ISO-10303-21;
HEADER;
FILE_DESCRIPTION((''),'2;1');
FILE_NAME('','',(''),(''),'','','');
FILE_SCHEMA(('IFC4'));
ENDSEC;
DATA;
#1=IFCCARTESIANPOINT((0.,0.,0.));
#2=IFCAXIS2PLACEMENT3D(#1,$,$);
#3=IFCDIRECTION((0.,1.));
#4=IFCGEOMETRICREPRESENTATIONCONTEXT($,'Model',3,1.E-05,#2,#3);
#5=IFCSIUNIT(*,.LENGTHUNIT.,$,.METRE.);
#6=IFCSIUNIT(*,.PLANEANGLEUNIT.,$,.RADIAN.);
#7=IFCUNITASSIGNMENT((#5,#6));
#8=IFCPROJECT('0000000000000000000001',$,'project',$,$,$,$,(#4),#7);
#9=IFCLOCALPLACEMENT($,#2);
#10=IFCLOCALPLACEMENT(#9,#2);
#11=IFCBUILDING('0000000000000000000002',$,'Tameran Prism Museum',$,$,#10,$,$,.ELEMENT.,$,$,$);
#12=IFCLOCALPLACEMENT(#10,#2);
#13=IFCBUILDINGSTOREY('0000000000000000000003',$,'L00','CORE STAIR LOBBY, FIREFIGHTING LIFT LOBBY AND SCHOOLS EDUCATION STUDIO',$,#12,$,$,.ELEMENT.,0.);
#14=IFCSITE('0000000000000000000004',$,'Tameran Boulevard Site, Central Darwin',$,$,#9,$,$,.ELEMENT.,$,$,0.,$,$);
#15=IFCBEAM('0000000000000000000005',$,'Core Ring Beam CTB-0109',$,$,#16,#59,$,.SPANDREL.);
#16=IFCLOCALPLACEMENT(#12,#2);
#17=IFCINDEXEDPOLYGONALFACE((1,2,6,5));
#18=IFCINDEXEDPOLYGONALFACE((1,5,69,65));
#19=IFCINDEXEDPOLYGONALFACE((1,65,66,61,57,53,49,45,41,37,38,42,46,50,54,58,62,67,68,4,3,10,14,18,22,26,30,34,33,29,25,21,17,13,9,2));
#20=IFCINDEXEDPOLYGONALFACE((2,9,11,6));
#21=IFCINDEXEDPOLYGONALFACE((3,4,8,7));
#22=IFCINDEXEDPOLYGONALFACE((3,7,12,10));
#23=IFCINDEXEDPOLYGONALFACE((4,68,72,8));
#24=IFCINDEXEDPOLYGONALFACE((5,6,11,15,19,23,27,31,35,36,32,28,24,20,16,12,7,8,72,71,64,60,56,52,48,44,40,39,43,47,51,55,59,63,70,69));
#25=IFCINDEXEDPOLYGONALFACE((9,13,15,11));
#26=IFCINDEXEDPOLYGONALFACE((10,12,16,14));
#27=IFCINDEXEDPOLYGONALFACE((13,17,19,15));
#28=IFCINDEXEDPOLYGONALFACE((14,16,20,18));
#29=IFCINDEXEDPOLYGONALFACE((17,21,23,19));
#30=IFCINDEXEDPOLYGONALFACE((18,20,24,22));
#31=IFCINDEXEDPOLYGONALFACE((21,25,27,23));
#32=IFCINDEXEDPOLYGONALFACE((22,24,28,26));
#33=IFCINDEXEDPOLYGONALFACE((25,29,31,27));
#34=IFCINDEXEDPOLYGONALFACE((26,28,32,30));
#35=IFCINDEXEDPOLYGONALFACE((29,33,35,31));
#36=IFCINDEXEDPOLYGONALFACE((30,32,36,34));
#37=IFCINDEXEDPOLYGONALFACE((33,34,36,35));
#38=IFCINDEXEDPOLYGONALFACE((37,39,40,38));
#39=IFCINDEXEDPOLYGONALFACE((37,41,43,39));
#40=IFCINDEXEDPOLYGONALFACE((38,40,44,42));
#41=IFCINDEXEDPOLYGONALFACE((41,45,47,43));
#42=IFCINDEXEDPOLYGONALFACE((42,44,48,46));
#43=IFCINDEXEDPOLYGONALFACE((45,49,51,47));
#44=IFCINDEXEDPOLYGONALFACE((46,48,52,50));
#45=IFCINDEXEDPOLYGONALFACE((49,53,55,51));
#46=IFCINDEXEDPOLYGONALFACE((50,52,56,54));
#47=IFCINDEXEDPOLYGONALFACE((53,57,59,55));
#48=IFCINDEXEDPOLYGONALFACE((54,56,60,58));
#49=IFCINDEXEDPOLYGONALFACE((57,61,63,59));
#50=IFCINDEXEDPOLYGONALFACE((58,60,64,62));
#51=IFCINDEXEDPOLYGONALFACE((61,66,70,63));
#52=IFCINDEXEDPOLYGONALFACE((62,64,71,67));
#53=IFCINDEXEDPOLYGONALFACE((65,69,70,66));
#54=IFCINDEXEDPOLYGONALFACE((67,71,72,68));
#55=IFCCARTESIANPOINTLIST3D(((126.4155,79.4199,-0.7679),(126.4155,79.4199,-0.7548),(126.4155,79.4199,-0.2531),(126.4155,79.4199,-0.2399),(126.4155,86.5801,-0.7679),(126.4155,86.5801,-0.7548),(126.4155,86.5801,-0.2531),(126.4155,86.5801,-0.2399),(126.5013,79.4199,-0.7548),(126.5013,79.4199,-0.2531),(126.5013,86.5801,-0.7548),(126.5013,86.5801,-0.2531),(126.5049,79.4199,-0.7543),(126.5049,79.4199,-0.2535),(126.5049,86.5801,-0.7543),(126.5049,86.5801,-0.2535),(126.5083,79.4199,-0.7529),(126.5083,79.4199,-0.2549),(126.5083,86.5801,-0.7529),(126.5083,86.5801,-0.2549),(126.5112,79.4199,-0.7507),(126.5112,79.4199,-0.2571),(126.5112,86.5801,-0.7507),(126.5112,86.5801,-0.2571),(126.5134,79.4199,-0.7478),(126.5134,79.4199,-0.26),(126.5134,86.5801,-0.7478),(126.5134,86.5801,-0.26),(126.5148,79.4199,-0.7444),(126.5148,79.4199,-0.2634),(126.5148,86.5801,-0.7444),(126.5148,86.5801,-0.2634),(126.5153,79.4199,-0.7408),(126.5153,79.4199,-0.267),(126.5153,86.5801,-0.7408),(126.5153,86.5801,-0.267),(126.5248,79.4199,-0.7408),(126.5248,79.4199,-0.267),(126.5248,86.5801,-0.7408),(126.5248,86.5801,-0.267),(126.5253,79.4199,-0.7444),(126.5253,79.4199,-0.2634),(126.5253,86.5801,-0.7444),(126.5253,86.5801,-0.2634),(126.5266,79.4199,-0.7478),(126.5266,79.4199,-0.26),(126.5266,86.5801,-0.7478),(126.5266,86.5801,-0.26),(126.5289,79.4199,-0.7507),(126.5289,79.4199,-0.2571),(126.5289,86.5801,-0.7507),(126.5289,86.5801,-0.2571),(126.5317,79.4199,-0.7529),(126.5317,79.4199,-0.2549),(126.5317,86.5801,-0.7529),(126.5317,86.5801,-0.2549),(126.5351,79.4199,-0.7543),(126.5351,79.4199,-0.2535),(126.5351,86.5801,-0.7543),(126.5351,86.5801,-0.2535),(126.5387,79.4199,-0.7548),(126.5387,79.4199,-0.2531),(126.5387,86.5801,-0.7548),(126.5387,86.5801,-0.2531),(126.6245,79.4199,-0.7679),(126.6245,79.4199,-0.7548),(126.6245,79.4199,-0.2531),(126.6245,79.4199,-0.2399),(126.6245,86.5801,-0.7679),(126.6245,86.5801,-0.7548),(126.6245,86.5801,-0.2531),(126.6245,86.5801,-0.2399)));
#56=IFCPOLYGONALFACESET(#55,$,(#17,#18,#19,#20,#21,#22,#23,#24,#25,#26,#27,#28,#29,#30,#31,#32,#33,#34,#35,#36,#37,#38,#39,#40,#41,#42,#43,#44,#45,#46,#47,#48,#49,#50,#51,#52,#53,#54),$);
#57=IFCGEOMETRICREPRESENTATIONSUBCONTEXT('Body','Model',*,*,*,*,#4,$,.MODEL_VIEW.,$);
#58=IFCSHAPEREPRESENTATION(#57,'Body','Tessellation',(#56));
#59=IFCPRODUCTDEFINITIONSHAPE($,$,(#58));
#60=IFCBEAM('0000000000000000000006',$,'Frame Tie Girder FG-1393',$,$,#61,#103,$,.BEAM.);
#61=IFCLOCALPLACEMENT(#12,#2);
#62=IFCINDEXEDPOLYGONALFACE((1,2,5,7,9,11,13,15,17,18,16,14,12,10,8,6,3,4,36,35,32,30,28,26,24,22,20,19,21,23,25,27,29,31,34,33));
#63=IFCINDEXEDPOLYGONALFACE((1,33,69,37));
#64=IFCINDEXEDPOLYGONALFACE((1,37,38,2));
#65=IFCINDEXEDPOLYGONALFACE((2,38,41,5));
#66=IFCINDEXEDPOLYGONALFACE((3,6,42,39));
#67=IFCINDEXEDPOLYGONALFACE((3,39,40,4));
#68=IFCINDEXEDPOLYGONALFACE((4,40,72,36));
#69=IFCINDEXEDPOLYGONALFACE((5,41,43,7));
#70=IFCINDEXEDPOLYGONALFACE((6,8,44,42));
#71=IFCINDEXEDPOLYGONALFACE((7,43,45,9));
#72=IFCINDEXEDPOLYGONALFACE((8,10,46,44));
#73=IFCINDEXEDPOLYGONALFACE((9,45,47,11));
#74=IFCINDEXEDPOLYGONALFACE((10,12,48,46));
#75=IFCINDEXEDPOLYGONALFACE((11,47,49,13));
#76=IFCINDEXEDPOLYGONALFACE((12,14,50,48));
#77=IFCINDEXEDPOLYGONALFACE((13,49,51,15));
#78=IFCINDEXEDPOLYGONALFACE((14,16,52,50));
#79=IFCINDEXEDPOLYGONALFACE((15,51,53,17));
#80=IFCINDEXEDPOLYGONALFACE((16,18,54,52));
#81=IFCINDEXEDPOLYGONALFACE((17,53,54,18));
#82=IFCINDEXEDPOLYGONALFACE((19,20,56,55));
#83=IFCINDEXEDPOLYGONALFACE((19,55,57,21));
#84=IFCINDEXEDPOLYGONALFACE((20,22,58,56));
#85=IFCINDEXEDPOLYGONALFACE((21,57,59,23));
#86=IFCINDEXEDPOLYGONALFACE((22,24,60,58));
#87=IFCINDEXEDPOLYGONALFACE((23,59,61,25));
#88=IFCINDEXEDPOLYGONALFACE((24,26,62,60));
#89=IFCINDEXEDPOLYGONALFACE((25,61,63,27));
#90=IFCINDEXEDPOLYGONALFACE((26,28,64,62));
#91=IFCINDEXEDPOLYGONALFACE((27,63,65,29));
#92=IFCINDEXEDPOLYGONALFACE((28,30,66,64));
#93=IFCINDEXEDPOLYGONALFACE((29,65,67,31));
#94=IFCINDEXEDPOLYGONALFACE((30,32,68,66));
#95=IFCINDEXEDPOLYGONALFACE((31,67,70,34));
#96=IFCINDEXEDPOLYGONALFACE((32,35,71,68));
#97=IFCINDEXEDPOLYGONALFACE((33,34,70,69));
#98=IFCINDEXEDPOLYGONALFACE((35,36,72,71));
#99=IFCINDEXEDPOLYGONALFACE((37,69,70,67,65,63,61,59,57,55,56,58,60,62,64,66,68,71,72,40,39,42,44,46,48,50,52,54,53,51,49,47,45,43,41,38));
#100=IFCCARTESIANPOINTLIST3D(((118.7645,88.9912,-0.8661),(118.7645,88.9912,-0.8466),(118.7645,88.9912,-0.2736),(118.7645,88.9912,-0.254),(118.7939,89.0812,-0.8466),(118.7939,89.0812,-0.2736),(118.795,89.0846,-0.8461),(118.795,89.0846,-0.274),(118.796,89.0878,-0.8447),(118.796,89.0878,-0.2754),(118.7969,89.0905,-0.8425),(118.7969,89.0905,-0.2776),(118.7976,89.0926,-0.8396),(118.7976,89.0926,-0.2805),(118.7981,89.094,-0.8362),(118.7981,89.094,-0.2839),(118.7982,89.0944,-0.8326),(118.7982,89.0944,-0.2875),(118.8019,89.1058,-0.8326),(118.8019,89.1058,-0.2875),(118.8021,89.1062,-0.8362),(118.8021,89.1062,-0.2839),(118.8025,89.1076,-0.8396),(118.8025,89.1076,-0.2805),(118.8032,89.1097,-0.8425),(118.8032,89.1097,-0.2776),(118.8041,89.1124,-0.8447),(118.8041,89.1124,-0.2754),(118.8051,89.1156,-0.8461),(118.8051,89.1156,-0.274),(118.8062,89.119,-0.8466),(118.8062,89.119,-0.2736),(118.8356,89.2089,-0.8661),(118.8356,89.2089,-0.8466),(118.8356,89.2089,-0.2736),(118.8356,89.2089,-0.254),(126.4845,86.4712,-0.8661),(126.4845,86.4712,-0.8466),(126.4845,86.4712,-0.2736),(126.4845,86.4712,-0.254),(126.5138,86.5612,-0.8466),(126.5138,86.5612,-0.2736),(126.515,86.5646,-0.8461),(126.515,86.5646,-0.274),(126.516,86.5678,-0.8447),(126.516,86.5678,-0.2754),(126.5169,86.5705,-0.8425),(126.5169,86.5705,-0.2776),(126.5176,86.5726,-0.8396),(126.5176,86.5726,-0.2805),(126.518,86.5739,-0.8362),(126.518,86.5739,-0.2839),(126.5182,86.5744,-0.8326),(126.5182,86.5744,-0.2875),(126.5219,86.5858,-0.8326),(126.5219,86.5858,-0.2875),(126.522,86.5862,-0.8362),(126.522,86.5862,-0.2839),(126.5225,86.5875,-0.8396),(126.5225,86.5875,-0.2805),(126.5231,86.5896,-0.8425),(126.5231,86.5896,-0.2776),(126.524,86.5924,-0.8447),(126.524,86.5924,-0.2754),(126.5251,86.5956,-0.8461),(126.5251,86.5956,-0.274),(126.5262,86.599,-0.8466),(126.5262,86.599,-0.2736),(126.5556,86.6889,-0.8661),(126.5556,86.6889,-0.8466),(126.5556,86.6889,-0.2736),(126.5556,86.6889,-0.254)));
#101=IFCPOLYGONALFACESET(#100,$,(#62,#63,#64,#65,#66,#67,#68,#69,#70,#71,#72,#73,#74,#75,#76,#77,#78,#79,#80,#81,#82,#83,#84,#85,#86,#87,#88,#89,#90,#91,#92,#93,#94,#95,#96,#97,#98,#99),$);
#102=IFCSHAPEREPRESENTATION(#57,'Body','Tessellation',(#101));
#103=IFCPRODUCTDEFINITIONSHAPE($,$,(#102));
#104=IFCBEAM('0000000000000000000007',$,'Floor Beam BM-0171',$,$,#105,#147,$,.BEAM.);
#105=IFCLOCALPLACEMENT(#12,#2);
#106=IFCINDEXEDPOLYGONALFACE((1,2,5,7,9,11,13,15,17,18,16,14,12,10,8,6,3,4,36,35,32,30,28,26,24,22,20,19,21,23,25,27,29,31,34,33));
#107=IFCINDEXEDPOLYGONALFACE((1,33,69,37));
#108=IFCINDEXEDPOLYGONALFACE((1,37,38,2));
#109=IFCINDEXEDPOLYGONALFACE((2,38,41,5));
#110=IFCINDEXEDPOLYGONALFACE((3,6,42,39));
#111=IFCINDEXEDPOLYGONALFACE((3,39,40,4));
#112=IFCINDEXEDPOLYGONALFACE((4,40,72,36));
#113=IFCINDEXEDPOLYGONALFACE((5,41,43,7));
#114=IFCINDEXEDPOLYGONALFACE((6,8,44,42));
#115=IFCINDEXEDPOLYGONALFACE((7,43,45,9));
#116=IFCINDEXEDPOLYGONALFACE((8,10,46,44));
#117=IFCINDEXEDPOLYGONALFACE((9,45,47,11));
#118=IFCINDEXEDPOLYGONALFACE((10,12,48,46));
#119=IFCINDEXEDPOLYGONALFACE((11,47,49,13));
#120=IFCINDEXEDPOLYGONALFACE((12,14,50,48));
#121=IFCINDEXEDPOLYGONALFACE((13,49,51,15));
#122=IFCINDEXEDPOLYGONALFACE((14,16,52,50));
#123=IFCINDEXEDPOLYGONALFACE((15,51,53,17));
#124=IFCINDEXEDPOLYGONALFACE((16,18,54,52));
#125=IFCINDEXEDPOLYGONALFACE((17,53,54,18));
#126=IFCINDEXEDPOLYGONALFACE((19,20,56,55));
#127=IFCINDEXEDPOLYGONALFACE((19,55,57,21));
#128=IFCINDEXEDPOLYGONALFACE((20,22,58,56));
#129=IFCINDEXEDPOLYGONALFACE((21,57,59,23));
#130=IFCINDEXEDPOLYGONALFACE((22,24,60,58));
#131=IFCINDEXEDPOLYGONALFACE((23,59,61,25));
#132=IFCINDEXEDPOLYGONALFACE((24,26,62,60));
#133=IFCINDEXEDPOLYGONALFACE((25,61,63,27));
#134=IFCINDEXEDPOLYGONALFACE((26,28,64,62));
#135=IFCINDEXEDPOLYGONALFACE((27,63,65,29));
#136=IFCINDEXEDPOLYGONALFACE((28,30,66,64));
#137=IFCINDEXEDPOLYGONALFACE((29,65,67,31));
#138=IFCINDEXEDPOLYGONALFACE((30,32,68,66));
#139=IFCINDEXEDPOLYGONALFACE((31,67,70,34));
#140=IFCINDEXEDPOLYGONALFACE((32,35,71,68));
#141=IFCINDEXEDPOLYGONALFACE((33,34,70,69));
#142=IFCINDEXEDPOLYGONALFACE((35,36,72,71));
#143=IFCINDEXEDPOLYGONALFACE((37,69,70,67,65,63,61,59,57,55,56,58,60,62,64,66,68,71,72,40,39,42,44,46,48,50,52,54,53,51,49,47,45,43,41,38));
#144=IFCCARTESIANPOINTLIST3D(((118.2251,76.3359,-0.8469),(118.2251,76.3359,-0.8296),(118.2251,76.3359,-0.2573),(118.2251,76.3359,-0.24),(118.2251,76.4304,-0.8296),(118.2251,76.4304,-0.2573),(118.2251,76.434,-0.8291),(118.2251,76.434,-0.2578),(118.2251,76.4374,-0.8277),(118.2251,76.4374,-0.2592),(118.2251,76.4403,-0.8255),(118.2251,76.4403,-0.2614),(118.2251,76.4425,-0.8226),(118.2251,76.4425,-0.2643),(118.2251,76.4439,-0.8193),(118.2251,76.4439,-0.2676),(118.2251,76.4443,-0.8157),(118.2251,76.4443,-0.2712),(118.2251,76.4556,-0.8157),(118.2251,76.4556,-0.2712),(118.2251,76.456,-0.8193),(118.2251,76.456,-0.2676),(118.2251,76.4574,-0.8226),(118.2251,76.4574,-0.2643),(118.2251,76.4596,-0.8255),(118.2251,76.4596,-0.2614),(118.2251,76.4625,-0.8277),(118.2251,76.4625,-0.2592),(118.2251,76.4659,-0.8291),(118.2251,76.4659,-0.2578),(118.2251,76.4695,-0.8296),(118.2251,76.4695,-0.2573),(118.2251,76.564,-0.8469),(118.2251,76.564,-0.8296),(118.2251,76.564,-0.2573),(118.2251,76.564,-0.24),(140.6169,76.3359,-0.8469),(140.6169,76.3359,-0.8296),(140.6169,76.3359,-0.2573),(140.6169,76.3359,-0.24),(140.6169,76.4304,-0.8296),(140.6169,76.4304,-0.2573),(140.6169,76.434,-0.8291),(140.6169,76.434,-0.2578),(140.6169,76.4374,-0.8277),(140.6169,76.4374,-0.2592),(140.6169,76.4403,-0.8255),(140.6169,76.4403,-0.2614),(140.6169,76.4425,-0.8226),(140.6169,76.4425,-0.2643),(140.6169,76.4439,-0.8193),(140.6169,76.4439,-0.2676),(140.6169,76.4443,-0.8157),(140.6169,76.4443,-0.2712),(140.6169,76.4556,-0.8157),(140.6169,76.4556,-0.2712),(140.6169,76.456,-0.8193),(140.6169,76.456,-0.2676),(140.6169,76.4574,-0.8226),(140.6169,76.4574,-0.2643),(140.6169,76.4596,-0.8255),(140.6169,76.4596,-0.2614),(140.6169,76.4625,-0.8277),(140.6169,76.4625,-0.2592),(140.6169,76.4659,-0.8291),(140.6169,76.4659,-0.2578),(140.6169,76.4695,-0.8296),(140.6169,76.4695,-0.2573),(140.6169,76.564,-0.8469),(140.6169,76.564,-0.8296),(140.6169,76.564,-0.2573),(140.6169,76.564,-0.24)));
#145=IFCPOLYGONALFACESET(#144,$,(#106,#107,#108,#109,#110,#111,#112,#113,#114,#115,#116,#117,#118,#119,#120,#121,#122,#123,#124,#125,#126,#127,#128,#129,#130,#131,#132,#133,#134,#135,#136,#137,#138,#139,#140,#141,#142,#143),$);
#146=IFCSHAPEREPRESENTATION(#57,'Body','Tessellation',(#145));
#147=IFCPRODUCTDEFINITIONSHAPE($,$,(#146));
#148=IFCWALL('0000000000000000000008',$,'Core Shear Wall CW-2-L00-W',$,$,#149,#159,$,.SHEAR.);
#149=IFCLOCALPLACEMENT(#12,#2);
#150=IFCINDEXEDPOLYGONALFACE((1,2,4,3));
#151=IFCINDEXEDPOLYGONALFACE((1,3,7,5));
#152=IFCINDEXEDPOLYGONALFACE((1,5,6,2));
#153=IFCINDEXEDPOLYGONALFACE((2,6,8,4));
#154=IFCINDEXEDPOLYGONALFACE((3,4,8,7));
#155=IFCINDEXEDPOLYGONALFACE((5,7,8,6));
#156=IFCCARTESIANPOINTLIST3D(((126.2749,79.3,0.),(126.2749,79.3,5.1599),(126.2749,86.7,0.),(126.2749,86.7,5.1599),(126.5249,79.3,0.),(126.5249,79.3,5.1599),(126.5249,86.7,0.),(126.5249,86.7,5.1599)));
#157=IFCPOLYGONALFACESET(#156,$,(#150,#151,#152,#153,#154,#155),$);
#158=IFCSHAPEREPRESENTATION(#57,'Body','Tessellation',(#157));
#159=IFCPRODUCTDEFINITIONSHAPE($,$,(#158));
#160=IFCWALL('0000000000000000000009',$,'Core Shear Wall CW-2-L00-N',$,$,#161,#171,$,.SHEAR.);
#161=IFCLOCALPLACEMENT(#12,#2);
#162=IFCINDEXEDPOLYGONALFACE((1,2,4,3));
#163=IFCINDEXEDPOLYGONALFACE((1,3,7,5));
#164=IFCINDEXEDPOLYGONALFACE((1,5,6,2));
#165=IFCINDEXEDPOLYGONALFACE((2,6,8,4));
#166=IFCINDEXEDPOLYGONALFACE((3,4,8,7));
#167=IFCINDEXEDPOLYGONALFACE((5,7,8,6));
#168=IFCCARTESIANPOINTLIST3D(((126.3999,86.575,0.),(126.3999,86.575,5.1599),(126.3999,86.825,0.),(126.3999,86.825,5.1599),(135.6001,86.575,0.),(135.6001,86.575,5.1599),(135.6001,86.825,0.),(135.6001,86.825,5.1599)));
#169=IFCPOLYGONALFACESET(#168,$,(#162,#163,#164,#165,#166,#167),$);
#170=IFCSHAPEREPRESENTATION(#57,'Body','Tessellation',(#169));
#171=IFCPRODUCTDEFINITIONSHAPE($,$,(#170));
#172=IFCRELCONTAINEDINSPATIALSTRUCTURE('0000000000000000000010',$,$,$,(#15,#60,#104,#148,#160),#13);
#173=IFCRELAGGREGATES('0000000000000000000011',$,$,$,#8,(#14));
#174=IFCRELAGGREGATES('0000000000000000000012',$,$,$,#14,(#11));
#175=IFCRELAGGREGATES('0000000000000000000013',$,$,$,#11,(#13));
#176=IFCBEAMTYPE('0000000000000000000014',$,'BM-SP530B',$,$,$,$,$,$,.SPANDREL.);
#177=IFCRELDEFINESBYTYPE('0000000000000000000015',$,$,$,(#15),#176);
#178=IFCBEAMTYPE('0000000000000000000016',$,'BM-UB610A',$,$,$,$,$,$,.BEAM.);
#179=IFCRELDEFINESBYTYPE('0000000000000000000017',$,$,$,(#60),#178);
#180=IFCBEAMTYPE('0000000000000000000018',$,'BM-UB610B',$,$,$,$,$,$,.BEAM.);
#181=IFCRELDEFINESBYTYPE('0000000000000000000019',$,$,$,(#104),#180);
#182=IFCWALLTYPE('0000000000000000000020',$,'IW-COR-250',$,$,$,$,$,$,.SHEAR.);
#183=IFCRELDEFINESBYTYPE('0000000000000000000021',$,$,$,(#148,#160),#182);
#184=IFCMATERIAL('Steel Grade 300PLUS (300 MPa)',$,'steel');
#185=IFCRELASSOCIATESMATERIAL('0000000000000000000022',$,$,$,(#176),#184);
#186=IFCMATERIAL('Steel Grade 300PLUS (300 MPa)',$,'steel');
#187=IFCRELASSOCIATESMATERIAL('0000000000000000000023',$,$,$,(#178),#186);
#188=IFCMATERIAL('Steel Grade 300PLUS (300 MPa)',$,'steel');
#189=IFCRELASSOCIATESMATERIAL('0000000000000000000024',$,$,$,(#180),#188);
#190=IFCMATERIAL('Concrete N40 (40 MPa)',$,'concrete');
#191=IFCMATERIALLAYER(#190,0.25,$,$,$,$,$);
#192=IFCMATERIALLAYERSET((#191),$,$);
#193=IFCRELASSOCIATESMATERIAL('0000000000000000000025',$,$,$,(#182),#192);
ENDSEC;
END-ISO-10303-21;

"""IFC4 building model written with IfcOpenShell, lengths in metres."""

from ifc_helpers import new_model, si_unit, direction, frame, frame_2d, origin, origin_2d, place, context, subcontext, project, spatial, rectangle, i_section, extrude, material, layer, layer_set, material_profile, profile_set, type_object, element, save


model = new_model("IFC4")

# Units and contexts
model_context = context("Model", 3, precision=1e-05, world=origin(), true_north=direction((0.0, 1.0)))
body_context = subcontext(model_context, "Body", "Model", "MODEL_VIEW")
ifc_project = project(units=[si_unit("LENGTHUNIT", "METRE"), si_unit("PLANEANGLEUNIT", "RADIAN")], contexts=[model_context])

# Site, building, storey
site_placement = place(None, origin())
site = spatial("IfcSite", under=ifc_project, at=site_placement, Name="Tameran Boulevard Site, Central Darwin", CompositionType="ELEMENT", RefElevation=0.0)
building_placement = place(site_placement, origin())
building = spatial("IfcBuilding", under=site, at=building_placement, Name="Tameran Prism Museum", CompositionType="ELEMENT")
storey_placement = place(building_placement, origin())
storey = spatial("IfcBuildingStorey", under=building, at=storey_placement, Name="L00", Description="CORE STAIR LOBBY, FIREFIGHTING LIFT LOBBY AND SCHOOLS EDUCATION STUDIO", CompositionType="ELEMENT", Elevation=0.0)

# Beams
ifc_material_1 = material(Name="Steel Grade 300PLUS (300 MPa)", Category="steel")
ifc_material_profile_1 = material_profile(ifc_material_1, i_section(OverallWidth=0.209, OverallDepth=0.5281, WebThickness=0.0095, FlangeThickness=0.0132, FilletRadius=0.0139, at=origin_2d()))
ifc_profile_set_1 = profile_set([ifc_material_profile_1])
beam_type_1 = type_object("IfcBeamType", Name="BM-SP530B", PredefinedType="SPANDREL", material=ifc_profile_set_1)
beam_1_placement = place(storey_placement, frame((126.52, 86.5801, -0.5039), z_axis=(0.0, -1.0, 0.0), x_axis=(1.0, 0.0, 0.0)))
element("IfcBeam", 1, at=beam_1_placement, inside=storey, type_object=beam_type_1, Name="Core Ring Beam CTB-0109", PredefinedType="SPANDREL", context=body_context, shape_type="SweptSolid", body=[
    extrude(i_section(OverallWidth=0.209, OverallDepth=0.5281, WebThickness=0.0095, FlangeThickness=0.0132, FilletRadius=0.0139, at=origin_2d()), origin(), (0.0, 0.0, 1.0), 7.1602),
])
ifc_material_2 = material(Name="Steel Grade 300PLUS (300 MPa)", Category="steel")
ifc_material_profile_2 = material_profile(ifc_material_2, i_section(OverallWidth=0.229, OverallDepth=0.6121, WebThickness=0.012, FlangeThickness=0.0195, FilletRadius=0.0139, at=origin_2d()))
ifc_profile_set_2 = profile_set([ifc_material_profile_2])
beam_type_2 = type_object("IfcBeamType", Name="BM-UB610A", PredefinedType="BEAM", material=ifc_profile_set_2)
beam_2_placement = place(storey_placement, frame((126.52, 86.5801, -0.5601), z_axis=(-0.950634, 0.310314, 0.0), x_axis=(-0.310314, -0.950634, 0.0)))
element("IfcBeam", 2, at=beam_2_placement, inside=storey, type_object=beam_type_2, Name="Frame Tie Girder FG-1393", PredefinedType="BEAM", context=body_context, shape_type="SweptSolid", body=[
    extrude(i_section(OverallWidth=0.229, OverallDepth=0.6121, WebThickness=0.012, FlangeThickness=0.0195, FilletRadius=0.0139, at=origin_2d()), origin(), (0.0, 0.0, 1.0), 8.1208),
])
ifc_material_3 = material(Name="Steel Grade 300PLUS (300 MPa)", Category="steel")
ifc_material_profile_3 = material_profile(ifc_material_3, i_section(OverallWidth=0.228, OverallDepth=0.6069, WebThickness=0.0112, FlangeThickness=0.0173, FilletRadius=0.0139, at=origin_2d()))
ifc_profile_set_3 = profile_set([ifc_material_profile_3])
beam_type_3 = type_object("IfcBeamType", Name="BM-UB610B", PredefinedType="BEAM", material=ifc_profile_set_3)
beam_3_placement = place(storey_placement, frame((118.2251, 76.45, -0.5435), z_axis=(1.0, 0.0, 0.0), x_axis=(0.0, 1.0, 0.0)))
element("IfcBeam", 3, at=beam_3_placement, inside=storey, type_object=beam_type_3, Name="Floor Beam BM-0171", PredefinedType="BEAM", context=body_context, shape_type="SweptSolid", body=[
    extrude(i_section(OverallWidth=0.228, OverallDepth=0.6069, WebThickness=0.0112, FlangeThickness=0.0173, FilletRadius=0.0139, at=origin_2d()), origin(), (0.0, 0.0, 1.0), 22.3918),
])

# Walls
ifc_material_4 = material(Name="Concrete N40 (40 MPa)", Category="concrete")
ifc_layer_1 = layer(ifc_material_4, 0.25)
ifc_layer_set_1 = layer_set([ifc_layer_1])
wall_type_1 = type_object("IfcWallType", Name="IW-COR-250", PredefinedType="SHEAR", material=ifc_layer_set_1)
wall_1_placement = place(storey_placement, frame((126.3999, 79.3, 0.0), z_axis=(0.0, 0.0, 1.0), x_axis=(0.0, 1.0, 0.0)))
element("IfcWall", 4, at=wall_1_placement, inside=storey, type_object=wall_type_1, Name="Core Shear Wall CW-2-L00-W", PredefinedType="SHEAR", context=body_context, shape_type="SweptSolid", body=[
    extrude(rectangle(XDim=7.3999, YDim=0.25, at=frame_2d((3.7, 0.0))), origin(), (0.0, 0.0, 1.0), 5.1599),
])
wall_2_placement = place(storey_placement, frame((126.3999, 86.7, 0.0), z_axis=(0.0, 0.0, 1.0), x_axis=(1.0, 0.0, 0.0)))
element("IfcWall", 5, at=wall_2_placement, inside=storey, type_object=wall_type_1, Name="Core Shear Wall CW-2-L00-N", PredefinedType="SHEAR", context=body_context, shape_type="SweptSolid", body=[
    extrude(rectangle(XDim=9.2002, YDim=0.25, at=frame_2d((4.6001, 0.0))), origin(), (0.0, 0.0, 1.0), 5.1599),
])

save(model, "model.ifc")
